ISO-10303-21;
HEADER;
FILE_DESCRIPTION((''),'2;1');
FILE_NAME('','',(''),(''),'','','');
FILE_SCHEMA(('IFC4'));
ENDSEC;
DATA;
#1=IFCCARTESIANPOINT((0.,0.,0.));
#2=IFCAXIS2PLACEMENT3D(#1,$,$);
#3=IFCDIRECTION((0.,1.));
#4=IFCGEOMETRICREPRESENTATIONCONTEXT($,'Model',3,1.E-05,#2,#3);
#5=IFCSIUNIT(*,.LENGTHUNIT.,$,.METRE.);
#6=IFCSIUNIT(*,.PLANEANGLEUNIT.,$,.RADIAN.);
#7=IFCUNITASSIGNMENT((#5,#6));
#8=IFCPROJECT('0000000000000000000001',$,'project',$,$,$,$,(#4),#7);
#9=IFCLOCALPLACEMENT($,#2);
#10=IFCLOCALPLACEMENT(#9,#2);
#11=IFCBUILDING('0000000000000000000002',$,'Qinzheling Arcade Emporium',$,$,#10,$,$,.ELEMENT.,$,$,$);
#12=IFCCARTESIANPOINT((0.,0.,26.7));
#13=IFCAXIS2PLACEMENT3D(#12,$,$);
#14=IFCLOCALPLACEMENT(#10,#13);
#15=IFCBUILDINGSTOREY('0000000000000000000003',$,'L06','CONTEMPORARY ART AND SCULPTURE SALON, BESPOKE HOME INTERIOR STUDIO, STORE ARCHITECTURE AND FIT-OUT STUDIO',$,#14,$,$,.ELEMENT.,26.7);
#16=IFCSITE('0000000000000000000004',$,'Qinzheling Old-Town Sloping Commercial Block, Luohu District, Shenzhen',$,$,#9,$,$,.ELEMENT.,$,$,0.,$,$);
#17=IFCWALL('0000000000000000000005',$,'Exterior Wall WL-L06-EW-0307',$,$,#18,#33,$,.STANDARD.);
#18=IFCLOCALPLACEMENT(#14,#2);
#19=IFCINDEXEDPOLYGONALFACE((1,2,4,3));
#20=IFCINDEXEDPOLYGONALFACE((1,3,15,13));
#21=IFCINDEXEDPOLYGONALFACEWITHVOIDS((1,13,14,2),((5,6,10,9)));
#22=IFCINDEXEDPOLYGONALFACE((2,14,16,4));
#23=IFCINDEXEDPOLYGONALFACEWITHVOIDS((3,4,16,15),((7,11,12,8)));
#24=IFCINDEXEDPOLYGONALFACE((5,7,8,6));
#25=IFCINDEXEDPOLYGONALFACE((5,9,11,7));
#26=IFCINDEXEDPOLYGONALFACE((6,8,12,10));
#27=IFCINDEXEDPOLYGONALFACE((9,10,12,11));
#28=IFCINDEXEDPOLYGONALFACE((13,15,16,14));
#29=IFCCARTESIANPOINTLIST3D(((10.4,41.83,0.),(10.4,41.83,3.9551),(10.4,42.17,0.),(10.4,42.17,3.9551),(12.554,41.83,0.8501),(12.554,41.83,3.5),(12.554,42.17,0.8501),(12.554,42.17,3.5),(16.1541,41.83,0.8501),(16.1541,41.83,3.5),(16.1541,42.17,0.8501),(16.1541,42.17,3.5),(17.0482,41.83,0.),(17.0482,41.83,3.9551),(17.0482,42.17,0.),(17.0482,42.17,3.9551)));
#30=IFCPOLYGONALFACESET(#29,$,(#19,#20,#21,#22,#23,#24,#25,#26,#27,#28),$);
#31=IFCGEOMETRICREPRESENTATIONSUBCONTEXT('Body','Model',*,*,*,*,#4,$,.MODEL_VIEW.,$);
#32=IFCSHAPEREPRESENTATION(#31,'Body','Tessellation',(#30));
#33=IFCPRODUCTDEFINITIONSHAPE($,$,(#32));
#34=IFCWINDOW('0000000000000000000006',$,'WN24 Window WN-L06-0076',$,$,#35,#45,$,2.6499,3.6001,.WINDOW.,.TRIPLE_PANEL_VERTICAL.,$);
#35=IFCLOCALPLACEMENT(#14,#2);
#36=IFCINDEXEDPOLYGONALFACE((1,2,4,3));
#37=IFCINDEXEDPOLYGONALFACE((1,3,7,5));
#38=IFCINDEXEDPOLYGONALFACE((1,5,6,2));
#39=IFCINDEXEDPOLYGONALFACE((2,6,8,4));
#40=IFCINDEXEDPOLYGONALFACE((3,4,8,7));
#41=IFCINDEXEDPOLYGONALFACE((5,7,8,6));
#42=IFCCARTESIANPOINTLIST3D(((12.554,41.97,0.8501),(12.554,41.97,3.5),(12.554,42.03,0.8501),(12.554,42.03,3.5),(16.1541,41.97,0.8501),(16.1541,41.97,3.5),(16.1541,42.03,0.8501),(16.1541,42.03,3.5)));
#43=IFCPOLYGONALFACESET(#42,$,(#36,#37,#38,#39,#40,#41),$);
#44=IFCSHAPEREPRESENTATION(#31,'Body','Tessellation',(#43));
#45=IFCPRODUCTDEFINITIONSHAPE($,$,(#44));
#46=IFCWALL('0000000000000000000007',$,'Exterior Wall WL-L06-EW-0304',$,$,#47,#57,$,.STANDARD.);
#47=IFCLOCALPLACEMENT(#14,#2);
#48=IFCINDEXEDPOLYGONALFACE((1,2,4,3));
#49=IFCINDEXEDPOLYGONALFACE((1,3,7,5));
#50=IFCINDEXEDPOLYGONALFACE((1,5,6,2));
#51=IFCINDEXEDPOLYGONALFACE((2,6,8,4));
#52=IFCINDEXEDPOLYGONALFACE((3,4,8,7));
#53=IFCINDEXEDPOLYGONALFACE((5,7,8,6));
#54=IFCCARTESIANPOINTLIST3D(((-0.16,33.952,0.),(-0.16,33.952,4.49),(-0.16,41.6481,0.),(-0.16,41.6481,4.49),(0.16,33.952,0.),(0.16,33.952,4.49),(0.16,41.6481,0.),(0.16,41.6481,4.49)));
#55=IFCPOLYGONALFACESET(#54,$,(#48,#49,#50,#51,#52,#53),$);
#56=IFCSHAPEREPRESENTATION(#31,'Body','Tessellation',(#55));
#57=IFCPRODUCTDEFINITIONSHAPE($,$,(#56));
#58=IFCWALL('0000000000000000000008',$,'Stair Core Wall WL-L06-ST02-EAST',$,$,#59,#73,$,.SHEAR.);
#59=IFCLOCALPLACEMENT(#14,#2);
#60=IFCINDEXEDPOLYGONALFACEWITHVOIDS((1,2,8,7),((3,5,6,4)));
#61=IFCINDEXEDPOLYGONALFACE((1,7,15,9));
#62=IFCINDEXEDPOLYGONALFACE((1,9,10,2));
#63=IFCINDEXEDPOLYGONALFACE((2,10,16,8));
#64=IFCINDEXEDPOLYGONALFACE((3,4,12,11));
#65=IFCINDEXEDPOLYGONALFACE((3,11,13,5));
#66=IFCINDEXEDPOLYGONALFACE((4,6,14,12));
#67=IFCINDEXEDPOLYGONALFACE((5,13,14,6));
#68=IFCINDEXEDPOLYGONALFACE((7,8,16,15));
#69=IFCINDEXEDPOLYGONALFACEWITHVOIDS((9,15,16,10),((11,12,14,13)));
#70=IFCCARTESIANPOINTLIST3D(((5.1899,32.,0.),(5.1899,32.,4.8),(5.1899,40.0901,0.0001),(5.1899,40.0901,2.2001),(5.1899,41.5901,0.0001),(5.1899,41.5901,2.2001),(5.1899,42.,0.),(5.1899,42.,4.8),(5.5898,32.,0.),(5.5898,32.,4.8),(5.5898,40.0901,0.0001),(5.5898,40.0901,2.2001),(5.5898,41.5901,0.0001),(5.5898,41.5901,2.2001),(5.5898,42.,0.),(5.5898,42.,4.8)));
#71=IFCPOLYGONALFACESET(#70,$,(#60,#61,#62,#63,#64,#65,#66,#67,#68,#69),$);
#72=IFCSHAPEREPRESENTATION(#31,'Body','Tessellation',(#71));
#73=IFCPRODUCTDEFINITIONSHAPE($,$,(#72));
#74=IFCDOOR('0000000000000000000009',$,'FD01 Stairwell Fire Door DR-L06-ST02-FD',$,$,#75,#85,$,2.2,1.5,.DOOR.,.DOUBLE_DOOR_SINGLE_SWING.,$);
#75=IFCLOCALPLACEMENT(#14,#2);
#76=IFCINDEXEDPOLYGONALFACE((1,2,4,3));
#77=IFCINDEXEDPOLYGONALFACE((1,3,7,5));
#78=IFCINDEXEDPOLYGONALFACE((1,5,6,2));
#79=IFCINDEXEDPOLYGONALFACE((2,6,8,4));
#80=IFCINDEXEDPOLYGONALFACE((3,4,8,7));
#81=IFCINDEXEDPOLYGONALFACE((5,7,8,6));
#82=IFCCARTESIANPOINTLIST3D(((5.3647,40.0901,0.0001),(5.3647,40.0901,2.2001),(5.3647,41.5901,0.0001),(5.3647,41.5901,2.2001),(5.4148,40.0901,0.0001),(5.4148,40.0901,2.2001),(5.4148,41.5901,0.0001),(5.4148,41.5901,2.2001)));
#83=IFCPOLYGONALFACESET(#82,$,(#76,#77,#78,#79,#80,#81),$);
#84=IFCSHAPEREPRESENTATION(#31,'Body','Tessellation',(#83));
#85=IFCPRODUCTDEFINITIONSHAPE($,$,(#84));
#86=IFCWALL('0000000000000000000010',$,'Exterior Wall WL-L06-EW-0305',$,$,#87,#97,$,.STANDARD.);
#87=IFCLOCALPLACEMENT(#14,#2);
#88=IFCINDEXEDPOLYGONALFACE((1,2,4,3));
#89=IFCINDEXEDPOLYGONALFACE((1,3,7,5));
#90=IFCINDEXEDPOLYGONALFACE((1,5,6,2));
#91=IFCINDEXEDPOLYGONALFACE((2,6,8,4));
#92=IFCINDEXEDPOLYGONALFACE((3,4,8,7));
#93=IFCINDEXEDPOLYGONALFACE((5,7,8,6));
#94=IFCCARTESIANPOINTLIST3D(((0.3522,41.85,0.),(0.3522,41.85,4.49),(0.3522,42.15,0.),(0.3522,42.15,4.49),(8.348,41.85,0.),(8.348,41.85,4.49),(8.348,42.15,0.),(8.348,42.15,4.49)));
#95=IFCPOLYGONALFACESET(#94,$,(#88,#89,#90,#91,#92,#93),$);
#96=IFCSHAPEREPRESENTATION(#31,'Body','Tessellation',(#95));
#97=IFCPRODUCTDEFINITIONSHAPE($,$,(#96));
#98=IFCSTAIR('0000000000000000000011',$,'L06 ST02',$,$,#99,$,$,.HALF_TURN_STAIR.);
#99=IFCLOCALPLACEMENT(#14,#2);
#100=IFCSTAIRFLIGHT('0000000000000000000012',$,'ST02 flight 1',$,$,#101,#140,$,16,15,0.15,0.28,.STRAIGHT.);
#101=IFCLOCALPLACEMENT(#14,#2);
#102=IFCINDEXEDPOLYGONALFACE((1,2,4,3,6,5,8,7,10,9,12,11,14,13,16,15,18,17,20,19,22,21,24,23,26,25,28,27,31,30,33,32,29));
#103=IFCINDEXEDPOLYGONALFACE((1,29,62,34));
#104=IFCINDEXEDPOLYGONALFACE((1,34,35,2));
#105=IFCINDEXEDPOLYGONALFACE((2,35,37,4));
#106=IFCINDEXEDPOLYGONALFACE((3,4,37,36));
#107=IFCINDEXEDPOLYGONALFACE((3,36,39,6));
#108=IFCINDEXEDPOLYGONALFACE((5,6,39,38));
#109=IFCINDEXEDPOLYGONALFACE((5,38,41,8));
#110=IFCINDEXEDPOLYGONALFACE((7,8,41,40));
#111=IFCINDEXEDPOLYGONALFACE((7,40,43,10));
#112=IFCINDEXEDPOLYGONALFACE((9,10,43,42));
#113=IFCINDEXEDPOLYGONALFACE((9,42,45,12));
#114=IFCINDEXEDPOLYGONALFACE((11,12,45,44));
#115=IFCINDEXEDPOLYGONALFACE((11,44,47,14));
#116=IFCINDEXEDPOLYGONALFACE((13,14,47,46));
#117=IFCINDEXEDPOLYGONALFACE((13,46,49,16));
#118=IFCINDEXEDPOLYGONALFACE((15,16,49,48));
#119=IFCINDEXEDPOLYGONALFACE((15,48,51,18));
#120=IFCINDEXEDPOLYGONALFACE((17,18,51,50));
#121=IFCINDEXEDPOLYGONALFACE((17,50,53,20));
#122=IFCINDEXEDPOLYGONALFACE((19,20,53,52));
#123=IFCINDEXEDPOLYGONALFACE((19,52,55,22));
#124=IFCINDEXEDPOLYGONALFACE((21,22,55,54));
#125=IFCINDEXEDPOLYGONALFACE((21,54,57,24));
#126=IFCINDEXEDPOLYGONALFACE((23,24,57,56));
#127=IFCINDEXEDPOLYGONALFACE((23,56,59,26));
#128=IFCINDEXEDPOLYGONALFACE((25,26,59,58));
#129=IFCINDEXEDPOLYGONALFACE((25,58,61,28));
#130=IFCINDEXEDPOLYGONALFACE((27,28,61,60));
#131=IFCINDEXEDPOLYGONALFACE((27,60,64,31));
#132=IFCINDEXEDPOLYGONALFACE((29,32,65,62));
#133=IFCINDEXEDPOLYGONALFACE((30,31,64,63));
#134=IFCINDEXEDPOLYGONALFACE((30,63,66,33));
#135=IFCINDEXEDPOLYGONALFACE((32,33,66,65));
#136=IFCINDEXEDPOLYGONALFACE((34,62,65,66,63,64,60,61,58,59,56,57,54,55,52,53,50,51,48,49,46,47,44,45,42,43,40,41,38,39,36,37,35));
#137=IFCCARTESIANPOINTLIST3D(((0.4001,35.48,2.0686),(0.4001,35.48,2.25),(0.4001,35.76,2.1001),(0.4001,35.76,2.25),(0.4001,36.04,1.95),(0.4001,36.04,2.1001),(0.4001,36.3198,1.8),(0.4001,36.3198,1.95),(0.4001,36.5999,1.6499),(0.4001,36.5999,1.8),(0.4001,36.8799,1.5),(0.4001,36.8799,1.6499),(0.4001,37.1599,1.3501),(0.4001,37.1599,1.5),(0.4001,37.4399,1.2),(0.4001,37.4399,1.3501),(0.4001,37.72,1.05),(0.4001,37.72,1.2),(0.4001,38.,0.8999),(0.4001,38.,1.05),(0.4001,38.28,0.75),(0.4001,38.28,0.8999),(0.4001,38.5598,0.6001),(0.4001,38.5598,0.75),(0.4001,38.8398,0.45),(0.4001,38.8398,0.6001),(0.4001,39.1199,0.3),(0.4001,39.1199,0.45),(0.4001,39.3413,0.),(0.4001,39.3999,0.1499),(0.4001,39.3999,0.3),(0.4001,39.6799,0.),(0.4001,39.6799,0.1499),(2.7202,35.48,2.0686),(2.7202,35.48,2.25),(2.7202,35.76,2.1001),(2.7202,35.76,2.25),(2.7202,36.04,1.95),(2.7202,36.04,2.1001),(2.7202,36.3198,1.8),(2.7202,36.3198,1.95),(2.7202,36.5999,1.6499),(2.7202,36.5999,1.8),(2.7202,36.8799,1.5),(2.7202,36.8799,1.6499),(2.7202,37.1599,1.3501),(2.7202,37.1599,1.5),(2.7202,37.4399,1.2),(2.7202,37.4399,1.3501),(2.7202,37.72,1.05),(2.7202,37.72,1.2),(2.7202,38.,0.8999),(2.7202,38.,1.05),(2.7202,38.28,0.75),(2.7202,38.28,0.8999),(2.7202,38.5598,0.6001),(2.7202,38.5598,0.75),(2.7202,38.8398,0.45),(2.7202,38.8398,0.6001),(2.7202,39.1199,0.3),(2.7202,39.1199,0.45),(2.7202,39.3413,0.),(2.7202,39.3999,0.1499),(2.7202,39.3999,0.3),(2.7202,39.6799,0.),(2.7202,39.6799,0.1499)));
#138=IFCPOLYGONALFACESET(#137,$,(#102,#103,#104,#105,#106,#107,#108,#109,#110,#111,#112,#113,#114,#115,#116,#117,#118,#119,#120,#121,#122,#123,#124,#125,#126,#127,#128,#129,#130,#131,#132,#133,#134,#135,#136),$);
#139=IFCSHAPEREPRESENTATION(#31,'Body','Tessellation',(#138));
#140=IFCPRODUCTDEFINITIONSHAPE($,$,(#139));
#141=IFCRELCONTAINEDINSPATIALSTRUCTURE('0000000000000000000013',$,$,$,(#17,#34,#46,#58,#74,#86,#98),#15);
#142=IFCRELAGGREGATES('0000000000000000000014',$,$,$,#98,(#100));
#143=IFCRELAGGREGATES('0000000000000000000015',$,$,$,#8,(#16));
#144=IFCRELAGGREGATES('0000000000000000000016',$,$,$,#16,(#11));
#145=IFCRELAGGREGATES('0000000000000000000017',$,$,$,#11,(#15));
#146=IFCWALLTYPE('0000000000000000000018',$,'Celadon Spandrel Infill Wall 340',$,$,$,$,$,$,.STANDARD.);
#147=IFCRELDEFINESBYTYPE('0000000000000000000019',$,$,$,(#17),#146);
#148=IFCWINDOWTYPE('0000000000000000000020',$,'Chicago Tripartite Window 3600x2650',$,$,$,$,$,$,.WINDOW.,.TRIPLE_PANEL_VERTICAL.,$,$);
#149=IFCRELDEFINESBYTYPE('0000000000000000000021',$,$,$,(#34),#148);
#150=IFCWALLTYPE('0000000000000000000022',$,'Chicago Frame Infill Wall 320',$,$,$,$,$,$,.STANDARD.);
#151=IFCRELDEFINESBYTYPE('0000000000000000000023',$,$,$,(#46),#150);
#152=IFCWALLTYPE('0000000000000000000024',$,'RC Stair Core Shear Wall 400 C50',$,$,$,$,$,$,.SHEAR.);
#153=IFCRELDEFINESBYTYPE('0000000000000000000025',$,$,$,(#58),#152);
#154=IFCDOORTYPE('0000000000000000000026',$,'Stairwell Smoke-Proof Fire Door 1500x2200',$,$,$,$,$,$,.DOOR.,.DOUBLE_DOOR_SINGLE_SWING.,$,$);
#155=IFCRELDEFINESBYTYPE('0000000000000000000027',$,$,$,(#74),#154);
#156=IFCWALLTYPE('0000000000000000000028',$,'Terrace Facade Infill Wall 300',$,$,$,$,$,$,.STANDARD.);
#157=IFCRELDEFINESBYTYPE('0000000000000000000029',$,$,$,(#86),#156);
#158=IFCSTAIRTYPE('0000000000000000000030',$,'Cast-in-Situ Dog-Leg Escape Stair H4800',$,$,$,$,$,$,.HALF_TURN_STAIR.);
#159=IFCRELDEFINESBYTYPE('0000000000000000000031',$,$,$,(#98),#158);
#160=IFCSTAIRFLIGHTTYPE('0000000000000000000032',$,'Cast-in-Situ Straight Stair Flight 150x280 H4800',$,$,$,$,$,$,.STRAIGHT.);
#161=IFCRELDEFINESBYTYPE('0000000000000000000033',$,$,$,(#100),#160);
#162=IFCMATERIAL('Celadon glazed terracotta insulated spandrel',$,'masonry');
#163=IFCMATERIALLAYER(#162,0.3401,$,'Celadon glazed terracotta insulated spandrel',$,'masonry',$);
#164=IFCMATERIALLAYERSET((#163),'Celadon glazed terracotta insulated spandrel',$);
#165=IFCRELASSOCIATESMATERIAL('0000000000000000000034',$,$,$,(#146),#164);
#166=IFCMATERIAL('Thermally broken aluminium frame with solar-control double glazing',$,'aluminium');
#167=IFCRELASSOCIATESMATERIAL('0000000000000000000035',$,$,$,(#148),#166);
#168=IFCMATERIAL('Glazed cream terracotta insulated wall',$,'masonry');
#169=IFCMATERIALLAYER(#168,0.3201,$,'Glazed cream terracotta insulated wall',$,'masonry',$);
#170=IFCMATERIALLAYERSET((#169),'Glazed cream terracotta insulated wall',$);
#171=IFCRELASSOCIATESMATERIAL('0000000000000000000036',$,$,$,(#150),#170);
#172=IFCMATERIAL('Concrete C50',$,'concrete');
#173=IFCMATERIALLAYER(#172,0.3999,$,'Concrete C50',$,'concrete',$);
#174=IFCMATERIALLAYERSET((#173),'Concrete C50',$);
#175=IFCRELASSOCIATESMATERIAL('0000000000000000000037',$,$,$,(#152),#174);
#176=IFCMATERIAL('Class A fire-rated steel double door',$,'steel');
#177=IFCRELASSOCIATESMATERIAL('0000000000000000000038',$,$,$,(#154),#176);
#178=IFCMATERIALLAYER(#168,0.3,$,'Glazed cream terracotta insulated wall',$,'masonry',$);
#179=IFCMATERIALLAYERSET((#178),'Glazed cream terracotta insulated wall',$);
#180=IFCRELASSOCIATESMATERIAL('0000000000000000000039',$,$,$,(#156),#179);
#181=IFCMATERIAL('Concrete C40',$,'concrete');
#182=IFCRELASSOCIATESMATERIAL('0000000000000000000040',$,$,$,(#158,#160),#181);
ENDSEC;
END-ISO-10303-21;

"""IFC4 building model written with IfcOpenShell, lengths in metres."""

from ifc_helpers import new_model, si_unit, direction, frame, frame_2d, origin, place, context, subcontext, project, spatial, polyline, rectangle, outline, extrude, material, layer, layer_set, type_object, element, fill, aggregate, save


model = new_model("IFC4")

# Units and contexts
model_context = context("Model", 3, precision=1e-05, world=origin(), true_north=direction((0.0, 1.0)))
body_context = subcontext(model_context, "Body", "Model", "MODEL_VIEW")
ifc_project = project(units=[si_unit("LENGTHUNIT", "METRE"), si_unit("PLANEANGLEUNIT", "RADIAN")], contexts=[model_context])

# Site, building, storey
site_placement = place(None, origin())
site = spatial("IfcSite", under=ifc_project, at=site_placement, Name="Qinzheling Old-Town Sloping Commercial Block, Luohu District, Shenzhen", CompositionType="ELEMENT", RefElevation=0.0)
building_placement = place(site_placement, origin())
building = spatial("IfcBuilding", under=site, at=building_placement, Name="Qinzheling Arcade Emporium", CompositionType="ELEMENT")
storey_placement = place(building_placement, frame((0.0, 0.0, 26.7)))
storey = spatial("IfcBuildingStorey", under=building, at=storey_placement, Name="L06", Description="CONTEMPORARY ART AND SCULPTURE SALON, BESPOKE HOME INTERIOR STUDIO, STORE ARCHITECTURE AND FIT-OUT STUDIO", CompositionType="ELEMENT", Elevation=26.7)

# Shared definitions
ifc_material_1 = material(Name="Concrete C40", Category="concrete")

# Wall, opening, window
ifc_material_2 = material(Name="Celadon glazed terracotta insulated spandrel", Category="masonry")
ifc_layer_1 = layer(ifc_material_2, 0.3401, Name="Celadon glazed terracotta insulated spandrel", Category="masonry")
ifc_layer_set_1 = layer_set([ifc_layer_1], Name="Celadon glazed terracotta insulated spandrel")
wall_type_1 = type_object("IfcWallType", Name="Celadon Spandrel Infill Wall 340", PredefinedType="STANDARD", material=ifc_layer_set_1)
wall_1_placement = place(storey_placement, frame((10.3999, 42.0, 0.0), z_axis=(0.0, 0.0, 1.0), x_axis=(1.0, 0.0, 0.0)))
wall_1 = element("IfcWall", 1, at=wall_1_placement, inside=storey, type_object=wall_type_1, Name="Exterior Wall WL-L06-EW-0307", PredefinedType="STANDARD", context=body_context, shape_type="SweptSolid", body=[
    extrude(rectangle(XDim=6.6482, YDim=0.3401, at=frame_2d((3.3242, 0.0))), origin(), (0.0, 0.0, 1.0), 3.9551),
])
opening_1_placement = place(wall_1_placement, frame((2.1541, 0.0, 0.8501)))
opening_1 = element("IfcOpeningElement", 2, at=opening_1_placement, cuts=wall_1, PredefinedType="OPENING", context=body_context, shape_type="SweptSolid", body=[
    extrude(rectangle(XDim=3.6001, YDim=2.6499, at=frame_2d((1.8, 1.325))), frame((0.0, 0.1802, 0.0), z_axis=(0.0, -1.0, 0.0), x_axis=(1.0, 0.0, 0.0)), (0.0, 0.0, 1.0), 0.3601),
])
ifc_material_3 = material(Name="Thermally broken aluminium frame with solar-control double glazing", Category="aluminium")
window_type = type_object("IfcWindowType", Name="Chicago Tripartite Window 3600x2650", PartitioningType="TRIPLE_PANEL_VERTICAL", PredefinedType="WINDOW", material=ifc_material_3)
window_placement = place(opening_1_placement, origin())
window = element("IfcWindow", 3, at=window_placement, inside=storey, type_object=window_type, Name="WN24 Window WN-L06-0076", OverallHeight=2.6499, OverallWidth=3.6001, PartitioningType="TRIPLE_PANEL_VERTICAL", PredefinedType="WINDOW", context=body_context, shape_type="SweptSolid", body=[
    extrude(rectangle(XDim=3.6001, YDim=2.6499, at=frame_2d((1.8, 1.325))), frame((0.0, 0.03, 0.0), z_axis=(0.0, -1.0, 0.0), x_axis=(1.0, 0.0, 0.0)), (0.0, 0.0, 1.0), 0.0601),
])
fill(opening_1, window)

# Wall
ifc_material_4 = material(Name="Glazed cream terracotta insulated wall", Category="masonry")
ifc_layer_2 = layer(ifc_material_4, 0.3201, Name="Glazed cream terracotta insulated wall", Category="masonry")
ifc_layer_set_2 = layer_set([ifc_layer_2], Name="Glazed cream terracotta insulated wall")
wall_type_2 = type_object("IfcWallType", Name="Chicago Frame Infill Wall 320", PredefinedType="STANDARD", material=ifc_layer_set_2)
wall_2_placement = place(storey_placement, frame((0.0, 33.9519, 0.0), z_axis=(0.0, 0.0, 1.0), x_axis=(0.0, 1.0, 0.0)))
element("IfcWall", 4, at=wall_2_placement, inside=storey, type_object=wall_type_2, Name="Exterior Wall WL-L06-EW-0304", PredefinedType="STANDARD", context=body_context, shape_type="SweptSolid", body=[
    extrude(rectangle(XDim=7.696, YDim=0.3201, at=frame_2d((3.8481, 0.0))), origin(), (0.0, 0.0, 1.0), 4.49),
])

# Wall, opening, door
ifc_material_5 = material(Name="Concrete C50", Category="concrete")
ifc_layer_3 = layer(ifc_material_5, 0.3999, Name="Concrete C50", Category="concrete")
ifc_layer_set_3 = layer_set([ifc_layer_3], Name="Concrete C50")
wall_type_3 = type_object("IfcWallType", Name="RC Stair Core Shear Wall 400 C50", PredefinedType="SHEAR", material=ifc_layer_set_3)
wall_3_placement = place(storey_placement, frame((5.3899, 42.0, 0.0), z_axis=(0.0, 0.0, 1.0), x_axis=(0.0, -1.0, 0.0)))
wall_3 = element("IfcWall", 5, at=wall_3_placement, inside=storey, type_object=wall_type_3, Name="Stair Core Wall WL-L06-ST02-EAST", PredefinedType="SHEAR", context=body_context, shape_type="SweptSolid", body=[
    extrude(rectangle(XDim=10.0, YDim=0.3999, at=frame_2d((5.0, 0.0))), origin(), (0.0, 0.0, 1.0), 4.8),
])
opening_2_placement = place(wall_3_placement, frame((0.4099, 0.0, 0.0)))
opening_2 = element("IfcOpeningElement", 6, at=opening_2_placement, cuts=wall_3, PredefinedType="OPENING", context=body_context, shape_type="SweptSolid", body=[
    extrude(rectangle(XDim=1.5, YDim=2.2, at=frame_2d((0.75, 1.1001))), frame((0.0, 0.21, 0.0), z_axis=(0.0, -1.0, 0.0), x_axis=(1.0, 0.0, 0.0)), (0.0, 0.0, 1.0), 0.4199),
])
ifc_material_6 = material(Name="Class A fire-rated steel double door", Category="steel")
door_type_1 = type_object("IfcDoorType", Name="Stairwell Smoke-Proof Fire Door 1500x2200", OperationType="DOUBLE_DOOR_SINGLE_SWING", PredefinedType="DOOR", material=ifc_material_6)
door_1_placement = place(opening_2_placement, origin())
door_1 = element("IfcDoor", 7, at=door_1_placement, inside=storey, type_object=door_type_1, Name="FD01 Stairwell Fire Door DR-L06-ST02-FD", OperationType="DOUBLE_DOOR_SINGLE_SWING", OverallHeight=2.2, OverallWidth=1.5, PredefinedType="DOOR", context=body_context, shape_type="SweptSolid", body=[
    extrude(rectangle(XDim=1.5, YDim=2.2, at=frame_2d((0.75, 1.1001))), frame((0.0, 0.0249, 0.0), z_axis=(0.0, -1.0, 0.0), x_axis=(1.0, 0.0, 0.0)), (0.0, 0.0, 1.0), 0.05),
])
fill(opening_2, door_1)

# Wall
ifc_layer_4 = layer(ifc_material_4, 0.3, Name="Glazed cream terracotta insulated wall", Category="masonry")
ifc_layer_set_4 = layer_set([ifc_layer_4], Name="Glazed cream terracotta insulated wall")
wall_type_4 = type_object("IfcWallType", Name="Terrace Facade Infill Wall 300", PredefinedType="STANDARD", material=ifc_layer_set_4)
wall_4_placement = place(storey_placement, frame((0.3521, 42.0, 0.0), z_axis=(0.0, 0.0, 1.0), x_axis=(1.0, 0.0, 0.0)))
element("IfcWall", 8, at=wall_4_placement, inside=storey, type_object=wall_type_4, Name="Exterior Wall WL-L06-EW-0305", PredefinedType="STANDARD", context=body_context, shape_type="SweptSolid", body=[
    extrude(rectangle(XDim=7.9958, YDim=0.3, at=frame_2d((3.998, 0.0))), origin(), (0.0, 0.0, 1.0), 4.49),
])

# Stair, stair flight
stair_type = type_object("IfcStairType", Name="Cast-in-Situ Dog-Leg Escape Stair H4800", PredefinedType="HALF_TURN_STAIR", material=ifc_material_1)
stair_placement = place(storey_placement, origin())
stair = element("IfcStair", 9, at=stair_placement, inside=storey, type_object=stair_type, Name="L06 ST02", PredefinedType="HALF_TURN_STAIR")
stair_flight_type = type_object("IfcStairFlightType", Name="Cast-in-Situ Straight Stair Flight 150x280 H4800", PredefinedType="STRAIGHT", material=ifc_material_1)
stair_flight_1_placement = place(storey_placement, frame((1.5601, 39.6799, 0.0), z_axis=(0.0, 0.0, 1.0), x_axis=(0.0, -1.0, 0.0)))
stair_flight_1 = element("IfcStairFlight", 10, at=stair_flight_1_placement, type_object=stair_flight_type, Name="ST02 flight 1", NumberOfRisers=16, NumberOfTreads=15, PredefinedType="STRAIGHT", RiserHeight=0.15, TreadLength=0.28, context=body_context, shape_type="SweptSolid", body=[
    extrude(outline(polyline([(0.0, 0.0), (0.0, 0.1499), (0.28, 0.1499), (0.28, 0.3), (0.5601, 0.3), (0.5601, 0.45), (0.8401, 0.45), (0.8401, 0.6001), (1.1201, 0.6001), (1.1201, 0.75), (1.3999, 0.75), (1.3999, 0.8999), (1.6799, 0.8999), (1.6799, 1.05), (1.96, 1.05), (1.96, 1.2), (2.24, 1.2), (2.24, 1.3501), (2.52, 1.3501), (2.52, 1.5), (2.8, 1.5), (2.8, 1.6499), (3.0801, 1.6499), (3.0801, 1.8), (3.3601, 1.8), (3.3601, 1.95), (3.6399, 1.95), (3.6399, 2.1001), (3.9199, 2.1001), (3.9199, 2.25), (4.2, 2.25), (4.2, 2.3999), (4.2, 2.0686), (0.3386, 0.0), (0.0, 0.0)])), frame((0.0, 1.1602, 0.0), z_axis=(0.0, -1.0, 0.0), x_axis=(1.0, 0.0, 0.0)), (0.0, 0.0, 1.0), 2.3201),
])
aggregate(stair, [stair_flight_1])

save(model, "model.ifc")
